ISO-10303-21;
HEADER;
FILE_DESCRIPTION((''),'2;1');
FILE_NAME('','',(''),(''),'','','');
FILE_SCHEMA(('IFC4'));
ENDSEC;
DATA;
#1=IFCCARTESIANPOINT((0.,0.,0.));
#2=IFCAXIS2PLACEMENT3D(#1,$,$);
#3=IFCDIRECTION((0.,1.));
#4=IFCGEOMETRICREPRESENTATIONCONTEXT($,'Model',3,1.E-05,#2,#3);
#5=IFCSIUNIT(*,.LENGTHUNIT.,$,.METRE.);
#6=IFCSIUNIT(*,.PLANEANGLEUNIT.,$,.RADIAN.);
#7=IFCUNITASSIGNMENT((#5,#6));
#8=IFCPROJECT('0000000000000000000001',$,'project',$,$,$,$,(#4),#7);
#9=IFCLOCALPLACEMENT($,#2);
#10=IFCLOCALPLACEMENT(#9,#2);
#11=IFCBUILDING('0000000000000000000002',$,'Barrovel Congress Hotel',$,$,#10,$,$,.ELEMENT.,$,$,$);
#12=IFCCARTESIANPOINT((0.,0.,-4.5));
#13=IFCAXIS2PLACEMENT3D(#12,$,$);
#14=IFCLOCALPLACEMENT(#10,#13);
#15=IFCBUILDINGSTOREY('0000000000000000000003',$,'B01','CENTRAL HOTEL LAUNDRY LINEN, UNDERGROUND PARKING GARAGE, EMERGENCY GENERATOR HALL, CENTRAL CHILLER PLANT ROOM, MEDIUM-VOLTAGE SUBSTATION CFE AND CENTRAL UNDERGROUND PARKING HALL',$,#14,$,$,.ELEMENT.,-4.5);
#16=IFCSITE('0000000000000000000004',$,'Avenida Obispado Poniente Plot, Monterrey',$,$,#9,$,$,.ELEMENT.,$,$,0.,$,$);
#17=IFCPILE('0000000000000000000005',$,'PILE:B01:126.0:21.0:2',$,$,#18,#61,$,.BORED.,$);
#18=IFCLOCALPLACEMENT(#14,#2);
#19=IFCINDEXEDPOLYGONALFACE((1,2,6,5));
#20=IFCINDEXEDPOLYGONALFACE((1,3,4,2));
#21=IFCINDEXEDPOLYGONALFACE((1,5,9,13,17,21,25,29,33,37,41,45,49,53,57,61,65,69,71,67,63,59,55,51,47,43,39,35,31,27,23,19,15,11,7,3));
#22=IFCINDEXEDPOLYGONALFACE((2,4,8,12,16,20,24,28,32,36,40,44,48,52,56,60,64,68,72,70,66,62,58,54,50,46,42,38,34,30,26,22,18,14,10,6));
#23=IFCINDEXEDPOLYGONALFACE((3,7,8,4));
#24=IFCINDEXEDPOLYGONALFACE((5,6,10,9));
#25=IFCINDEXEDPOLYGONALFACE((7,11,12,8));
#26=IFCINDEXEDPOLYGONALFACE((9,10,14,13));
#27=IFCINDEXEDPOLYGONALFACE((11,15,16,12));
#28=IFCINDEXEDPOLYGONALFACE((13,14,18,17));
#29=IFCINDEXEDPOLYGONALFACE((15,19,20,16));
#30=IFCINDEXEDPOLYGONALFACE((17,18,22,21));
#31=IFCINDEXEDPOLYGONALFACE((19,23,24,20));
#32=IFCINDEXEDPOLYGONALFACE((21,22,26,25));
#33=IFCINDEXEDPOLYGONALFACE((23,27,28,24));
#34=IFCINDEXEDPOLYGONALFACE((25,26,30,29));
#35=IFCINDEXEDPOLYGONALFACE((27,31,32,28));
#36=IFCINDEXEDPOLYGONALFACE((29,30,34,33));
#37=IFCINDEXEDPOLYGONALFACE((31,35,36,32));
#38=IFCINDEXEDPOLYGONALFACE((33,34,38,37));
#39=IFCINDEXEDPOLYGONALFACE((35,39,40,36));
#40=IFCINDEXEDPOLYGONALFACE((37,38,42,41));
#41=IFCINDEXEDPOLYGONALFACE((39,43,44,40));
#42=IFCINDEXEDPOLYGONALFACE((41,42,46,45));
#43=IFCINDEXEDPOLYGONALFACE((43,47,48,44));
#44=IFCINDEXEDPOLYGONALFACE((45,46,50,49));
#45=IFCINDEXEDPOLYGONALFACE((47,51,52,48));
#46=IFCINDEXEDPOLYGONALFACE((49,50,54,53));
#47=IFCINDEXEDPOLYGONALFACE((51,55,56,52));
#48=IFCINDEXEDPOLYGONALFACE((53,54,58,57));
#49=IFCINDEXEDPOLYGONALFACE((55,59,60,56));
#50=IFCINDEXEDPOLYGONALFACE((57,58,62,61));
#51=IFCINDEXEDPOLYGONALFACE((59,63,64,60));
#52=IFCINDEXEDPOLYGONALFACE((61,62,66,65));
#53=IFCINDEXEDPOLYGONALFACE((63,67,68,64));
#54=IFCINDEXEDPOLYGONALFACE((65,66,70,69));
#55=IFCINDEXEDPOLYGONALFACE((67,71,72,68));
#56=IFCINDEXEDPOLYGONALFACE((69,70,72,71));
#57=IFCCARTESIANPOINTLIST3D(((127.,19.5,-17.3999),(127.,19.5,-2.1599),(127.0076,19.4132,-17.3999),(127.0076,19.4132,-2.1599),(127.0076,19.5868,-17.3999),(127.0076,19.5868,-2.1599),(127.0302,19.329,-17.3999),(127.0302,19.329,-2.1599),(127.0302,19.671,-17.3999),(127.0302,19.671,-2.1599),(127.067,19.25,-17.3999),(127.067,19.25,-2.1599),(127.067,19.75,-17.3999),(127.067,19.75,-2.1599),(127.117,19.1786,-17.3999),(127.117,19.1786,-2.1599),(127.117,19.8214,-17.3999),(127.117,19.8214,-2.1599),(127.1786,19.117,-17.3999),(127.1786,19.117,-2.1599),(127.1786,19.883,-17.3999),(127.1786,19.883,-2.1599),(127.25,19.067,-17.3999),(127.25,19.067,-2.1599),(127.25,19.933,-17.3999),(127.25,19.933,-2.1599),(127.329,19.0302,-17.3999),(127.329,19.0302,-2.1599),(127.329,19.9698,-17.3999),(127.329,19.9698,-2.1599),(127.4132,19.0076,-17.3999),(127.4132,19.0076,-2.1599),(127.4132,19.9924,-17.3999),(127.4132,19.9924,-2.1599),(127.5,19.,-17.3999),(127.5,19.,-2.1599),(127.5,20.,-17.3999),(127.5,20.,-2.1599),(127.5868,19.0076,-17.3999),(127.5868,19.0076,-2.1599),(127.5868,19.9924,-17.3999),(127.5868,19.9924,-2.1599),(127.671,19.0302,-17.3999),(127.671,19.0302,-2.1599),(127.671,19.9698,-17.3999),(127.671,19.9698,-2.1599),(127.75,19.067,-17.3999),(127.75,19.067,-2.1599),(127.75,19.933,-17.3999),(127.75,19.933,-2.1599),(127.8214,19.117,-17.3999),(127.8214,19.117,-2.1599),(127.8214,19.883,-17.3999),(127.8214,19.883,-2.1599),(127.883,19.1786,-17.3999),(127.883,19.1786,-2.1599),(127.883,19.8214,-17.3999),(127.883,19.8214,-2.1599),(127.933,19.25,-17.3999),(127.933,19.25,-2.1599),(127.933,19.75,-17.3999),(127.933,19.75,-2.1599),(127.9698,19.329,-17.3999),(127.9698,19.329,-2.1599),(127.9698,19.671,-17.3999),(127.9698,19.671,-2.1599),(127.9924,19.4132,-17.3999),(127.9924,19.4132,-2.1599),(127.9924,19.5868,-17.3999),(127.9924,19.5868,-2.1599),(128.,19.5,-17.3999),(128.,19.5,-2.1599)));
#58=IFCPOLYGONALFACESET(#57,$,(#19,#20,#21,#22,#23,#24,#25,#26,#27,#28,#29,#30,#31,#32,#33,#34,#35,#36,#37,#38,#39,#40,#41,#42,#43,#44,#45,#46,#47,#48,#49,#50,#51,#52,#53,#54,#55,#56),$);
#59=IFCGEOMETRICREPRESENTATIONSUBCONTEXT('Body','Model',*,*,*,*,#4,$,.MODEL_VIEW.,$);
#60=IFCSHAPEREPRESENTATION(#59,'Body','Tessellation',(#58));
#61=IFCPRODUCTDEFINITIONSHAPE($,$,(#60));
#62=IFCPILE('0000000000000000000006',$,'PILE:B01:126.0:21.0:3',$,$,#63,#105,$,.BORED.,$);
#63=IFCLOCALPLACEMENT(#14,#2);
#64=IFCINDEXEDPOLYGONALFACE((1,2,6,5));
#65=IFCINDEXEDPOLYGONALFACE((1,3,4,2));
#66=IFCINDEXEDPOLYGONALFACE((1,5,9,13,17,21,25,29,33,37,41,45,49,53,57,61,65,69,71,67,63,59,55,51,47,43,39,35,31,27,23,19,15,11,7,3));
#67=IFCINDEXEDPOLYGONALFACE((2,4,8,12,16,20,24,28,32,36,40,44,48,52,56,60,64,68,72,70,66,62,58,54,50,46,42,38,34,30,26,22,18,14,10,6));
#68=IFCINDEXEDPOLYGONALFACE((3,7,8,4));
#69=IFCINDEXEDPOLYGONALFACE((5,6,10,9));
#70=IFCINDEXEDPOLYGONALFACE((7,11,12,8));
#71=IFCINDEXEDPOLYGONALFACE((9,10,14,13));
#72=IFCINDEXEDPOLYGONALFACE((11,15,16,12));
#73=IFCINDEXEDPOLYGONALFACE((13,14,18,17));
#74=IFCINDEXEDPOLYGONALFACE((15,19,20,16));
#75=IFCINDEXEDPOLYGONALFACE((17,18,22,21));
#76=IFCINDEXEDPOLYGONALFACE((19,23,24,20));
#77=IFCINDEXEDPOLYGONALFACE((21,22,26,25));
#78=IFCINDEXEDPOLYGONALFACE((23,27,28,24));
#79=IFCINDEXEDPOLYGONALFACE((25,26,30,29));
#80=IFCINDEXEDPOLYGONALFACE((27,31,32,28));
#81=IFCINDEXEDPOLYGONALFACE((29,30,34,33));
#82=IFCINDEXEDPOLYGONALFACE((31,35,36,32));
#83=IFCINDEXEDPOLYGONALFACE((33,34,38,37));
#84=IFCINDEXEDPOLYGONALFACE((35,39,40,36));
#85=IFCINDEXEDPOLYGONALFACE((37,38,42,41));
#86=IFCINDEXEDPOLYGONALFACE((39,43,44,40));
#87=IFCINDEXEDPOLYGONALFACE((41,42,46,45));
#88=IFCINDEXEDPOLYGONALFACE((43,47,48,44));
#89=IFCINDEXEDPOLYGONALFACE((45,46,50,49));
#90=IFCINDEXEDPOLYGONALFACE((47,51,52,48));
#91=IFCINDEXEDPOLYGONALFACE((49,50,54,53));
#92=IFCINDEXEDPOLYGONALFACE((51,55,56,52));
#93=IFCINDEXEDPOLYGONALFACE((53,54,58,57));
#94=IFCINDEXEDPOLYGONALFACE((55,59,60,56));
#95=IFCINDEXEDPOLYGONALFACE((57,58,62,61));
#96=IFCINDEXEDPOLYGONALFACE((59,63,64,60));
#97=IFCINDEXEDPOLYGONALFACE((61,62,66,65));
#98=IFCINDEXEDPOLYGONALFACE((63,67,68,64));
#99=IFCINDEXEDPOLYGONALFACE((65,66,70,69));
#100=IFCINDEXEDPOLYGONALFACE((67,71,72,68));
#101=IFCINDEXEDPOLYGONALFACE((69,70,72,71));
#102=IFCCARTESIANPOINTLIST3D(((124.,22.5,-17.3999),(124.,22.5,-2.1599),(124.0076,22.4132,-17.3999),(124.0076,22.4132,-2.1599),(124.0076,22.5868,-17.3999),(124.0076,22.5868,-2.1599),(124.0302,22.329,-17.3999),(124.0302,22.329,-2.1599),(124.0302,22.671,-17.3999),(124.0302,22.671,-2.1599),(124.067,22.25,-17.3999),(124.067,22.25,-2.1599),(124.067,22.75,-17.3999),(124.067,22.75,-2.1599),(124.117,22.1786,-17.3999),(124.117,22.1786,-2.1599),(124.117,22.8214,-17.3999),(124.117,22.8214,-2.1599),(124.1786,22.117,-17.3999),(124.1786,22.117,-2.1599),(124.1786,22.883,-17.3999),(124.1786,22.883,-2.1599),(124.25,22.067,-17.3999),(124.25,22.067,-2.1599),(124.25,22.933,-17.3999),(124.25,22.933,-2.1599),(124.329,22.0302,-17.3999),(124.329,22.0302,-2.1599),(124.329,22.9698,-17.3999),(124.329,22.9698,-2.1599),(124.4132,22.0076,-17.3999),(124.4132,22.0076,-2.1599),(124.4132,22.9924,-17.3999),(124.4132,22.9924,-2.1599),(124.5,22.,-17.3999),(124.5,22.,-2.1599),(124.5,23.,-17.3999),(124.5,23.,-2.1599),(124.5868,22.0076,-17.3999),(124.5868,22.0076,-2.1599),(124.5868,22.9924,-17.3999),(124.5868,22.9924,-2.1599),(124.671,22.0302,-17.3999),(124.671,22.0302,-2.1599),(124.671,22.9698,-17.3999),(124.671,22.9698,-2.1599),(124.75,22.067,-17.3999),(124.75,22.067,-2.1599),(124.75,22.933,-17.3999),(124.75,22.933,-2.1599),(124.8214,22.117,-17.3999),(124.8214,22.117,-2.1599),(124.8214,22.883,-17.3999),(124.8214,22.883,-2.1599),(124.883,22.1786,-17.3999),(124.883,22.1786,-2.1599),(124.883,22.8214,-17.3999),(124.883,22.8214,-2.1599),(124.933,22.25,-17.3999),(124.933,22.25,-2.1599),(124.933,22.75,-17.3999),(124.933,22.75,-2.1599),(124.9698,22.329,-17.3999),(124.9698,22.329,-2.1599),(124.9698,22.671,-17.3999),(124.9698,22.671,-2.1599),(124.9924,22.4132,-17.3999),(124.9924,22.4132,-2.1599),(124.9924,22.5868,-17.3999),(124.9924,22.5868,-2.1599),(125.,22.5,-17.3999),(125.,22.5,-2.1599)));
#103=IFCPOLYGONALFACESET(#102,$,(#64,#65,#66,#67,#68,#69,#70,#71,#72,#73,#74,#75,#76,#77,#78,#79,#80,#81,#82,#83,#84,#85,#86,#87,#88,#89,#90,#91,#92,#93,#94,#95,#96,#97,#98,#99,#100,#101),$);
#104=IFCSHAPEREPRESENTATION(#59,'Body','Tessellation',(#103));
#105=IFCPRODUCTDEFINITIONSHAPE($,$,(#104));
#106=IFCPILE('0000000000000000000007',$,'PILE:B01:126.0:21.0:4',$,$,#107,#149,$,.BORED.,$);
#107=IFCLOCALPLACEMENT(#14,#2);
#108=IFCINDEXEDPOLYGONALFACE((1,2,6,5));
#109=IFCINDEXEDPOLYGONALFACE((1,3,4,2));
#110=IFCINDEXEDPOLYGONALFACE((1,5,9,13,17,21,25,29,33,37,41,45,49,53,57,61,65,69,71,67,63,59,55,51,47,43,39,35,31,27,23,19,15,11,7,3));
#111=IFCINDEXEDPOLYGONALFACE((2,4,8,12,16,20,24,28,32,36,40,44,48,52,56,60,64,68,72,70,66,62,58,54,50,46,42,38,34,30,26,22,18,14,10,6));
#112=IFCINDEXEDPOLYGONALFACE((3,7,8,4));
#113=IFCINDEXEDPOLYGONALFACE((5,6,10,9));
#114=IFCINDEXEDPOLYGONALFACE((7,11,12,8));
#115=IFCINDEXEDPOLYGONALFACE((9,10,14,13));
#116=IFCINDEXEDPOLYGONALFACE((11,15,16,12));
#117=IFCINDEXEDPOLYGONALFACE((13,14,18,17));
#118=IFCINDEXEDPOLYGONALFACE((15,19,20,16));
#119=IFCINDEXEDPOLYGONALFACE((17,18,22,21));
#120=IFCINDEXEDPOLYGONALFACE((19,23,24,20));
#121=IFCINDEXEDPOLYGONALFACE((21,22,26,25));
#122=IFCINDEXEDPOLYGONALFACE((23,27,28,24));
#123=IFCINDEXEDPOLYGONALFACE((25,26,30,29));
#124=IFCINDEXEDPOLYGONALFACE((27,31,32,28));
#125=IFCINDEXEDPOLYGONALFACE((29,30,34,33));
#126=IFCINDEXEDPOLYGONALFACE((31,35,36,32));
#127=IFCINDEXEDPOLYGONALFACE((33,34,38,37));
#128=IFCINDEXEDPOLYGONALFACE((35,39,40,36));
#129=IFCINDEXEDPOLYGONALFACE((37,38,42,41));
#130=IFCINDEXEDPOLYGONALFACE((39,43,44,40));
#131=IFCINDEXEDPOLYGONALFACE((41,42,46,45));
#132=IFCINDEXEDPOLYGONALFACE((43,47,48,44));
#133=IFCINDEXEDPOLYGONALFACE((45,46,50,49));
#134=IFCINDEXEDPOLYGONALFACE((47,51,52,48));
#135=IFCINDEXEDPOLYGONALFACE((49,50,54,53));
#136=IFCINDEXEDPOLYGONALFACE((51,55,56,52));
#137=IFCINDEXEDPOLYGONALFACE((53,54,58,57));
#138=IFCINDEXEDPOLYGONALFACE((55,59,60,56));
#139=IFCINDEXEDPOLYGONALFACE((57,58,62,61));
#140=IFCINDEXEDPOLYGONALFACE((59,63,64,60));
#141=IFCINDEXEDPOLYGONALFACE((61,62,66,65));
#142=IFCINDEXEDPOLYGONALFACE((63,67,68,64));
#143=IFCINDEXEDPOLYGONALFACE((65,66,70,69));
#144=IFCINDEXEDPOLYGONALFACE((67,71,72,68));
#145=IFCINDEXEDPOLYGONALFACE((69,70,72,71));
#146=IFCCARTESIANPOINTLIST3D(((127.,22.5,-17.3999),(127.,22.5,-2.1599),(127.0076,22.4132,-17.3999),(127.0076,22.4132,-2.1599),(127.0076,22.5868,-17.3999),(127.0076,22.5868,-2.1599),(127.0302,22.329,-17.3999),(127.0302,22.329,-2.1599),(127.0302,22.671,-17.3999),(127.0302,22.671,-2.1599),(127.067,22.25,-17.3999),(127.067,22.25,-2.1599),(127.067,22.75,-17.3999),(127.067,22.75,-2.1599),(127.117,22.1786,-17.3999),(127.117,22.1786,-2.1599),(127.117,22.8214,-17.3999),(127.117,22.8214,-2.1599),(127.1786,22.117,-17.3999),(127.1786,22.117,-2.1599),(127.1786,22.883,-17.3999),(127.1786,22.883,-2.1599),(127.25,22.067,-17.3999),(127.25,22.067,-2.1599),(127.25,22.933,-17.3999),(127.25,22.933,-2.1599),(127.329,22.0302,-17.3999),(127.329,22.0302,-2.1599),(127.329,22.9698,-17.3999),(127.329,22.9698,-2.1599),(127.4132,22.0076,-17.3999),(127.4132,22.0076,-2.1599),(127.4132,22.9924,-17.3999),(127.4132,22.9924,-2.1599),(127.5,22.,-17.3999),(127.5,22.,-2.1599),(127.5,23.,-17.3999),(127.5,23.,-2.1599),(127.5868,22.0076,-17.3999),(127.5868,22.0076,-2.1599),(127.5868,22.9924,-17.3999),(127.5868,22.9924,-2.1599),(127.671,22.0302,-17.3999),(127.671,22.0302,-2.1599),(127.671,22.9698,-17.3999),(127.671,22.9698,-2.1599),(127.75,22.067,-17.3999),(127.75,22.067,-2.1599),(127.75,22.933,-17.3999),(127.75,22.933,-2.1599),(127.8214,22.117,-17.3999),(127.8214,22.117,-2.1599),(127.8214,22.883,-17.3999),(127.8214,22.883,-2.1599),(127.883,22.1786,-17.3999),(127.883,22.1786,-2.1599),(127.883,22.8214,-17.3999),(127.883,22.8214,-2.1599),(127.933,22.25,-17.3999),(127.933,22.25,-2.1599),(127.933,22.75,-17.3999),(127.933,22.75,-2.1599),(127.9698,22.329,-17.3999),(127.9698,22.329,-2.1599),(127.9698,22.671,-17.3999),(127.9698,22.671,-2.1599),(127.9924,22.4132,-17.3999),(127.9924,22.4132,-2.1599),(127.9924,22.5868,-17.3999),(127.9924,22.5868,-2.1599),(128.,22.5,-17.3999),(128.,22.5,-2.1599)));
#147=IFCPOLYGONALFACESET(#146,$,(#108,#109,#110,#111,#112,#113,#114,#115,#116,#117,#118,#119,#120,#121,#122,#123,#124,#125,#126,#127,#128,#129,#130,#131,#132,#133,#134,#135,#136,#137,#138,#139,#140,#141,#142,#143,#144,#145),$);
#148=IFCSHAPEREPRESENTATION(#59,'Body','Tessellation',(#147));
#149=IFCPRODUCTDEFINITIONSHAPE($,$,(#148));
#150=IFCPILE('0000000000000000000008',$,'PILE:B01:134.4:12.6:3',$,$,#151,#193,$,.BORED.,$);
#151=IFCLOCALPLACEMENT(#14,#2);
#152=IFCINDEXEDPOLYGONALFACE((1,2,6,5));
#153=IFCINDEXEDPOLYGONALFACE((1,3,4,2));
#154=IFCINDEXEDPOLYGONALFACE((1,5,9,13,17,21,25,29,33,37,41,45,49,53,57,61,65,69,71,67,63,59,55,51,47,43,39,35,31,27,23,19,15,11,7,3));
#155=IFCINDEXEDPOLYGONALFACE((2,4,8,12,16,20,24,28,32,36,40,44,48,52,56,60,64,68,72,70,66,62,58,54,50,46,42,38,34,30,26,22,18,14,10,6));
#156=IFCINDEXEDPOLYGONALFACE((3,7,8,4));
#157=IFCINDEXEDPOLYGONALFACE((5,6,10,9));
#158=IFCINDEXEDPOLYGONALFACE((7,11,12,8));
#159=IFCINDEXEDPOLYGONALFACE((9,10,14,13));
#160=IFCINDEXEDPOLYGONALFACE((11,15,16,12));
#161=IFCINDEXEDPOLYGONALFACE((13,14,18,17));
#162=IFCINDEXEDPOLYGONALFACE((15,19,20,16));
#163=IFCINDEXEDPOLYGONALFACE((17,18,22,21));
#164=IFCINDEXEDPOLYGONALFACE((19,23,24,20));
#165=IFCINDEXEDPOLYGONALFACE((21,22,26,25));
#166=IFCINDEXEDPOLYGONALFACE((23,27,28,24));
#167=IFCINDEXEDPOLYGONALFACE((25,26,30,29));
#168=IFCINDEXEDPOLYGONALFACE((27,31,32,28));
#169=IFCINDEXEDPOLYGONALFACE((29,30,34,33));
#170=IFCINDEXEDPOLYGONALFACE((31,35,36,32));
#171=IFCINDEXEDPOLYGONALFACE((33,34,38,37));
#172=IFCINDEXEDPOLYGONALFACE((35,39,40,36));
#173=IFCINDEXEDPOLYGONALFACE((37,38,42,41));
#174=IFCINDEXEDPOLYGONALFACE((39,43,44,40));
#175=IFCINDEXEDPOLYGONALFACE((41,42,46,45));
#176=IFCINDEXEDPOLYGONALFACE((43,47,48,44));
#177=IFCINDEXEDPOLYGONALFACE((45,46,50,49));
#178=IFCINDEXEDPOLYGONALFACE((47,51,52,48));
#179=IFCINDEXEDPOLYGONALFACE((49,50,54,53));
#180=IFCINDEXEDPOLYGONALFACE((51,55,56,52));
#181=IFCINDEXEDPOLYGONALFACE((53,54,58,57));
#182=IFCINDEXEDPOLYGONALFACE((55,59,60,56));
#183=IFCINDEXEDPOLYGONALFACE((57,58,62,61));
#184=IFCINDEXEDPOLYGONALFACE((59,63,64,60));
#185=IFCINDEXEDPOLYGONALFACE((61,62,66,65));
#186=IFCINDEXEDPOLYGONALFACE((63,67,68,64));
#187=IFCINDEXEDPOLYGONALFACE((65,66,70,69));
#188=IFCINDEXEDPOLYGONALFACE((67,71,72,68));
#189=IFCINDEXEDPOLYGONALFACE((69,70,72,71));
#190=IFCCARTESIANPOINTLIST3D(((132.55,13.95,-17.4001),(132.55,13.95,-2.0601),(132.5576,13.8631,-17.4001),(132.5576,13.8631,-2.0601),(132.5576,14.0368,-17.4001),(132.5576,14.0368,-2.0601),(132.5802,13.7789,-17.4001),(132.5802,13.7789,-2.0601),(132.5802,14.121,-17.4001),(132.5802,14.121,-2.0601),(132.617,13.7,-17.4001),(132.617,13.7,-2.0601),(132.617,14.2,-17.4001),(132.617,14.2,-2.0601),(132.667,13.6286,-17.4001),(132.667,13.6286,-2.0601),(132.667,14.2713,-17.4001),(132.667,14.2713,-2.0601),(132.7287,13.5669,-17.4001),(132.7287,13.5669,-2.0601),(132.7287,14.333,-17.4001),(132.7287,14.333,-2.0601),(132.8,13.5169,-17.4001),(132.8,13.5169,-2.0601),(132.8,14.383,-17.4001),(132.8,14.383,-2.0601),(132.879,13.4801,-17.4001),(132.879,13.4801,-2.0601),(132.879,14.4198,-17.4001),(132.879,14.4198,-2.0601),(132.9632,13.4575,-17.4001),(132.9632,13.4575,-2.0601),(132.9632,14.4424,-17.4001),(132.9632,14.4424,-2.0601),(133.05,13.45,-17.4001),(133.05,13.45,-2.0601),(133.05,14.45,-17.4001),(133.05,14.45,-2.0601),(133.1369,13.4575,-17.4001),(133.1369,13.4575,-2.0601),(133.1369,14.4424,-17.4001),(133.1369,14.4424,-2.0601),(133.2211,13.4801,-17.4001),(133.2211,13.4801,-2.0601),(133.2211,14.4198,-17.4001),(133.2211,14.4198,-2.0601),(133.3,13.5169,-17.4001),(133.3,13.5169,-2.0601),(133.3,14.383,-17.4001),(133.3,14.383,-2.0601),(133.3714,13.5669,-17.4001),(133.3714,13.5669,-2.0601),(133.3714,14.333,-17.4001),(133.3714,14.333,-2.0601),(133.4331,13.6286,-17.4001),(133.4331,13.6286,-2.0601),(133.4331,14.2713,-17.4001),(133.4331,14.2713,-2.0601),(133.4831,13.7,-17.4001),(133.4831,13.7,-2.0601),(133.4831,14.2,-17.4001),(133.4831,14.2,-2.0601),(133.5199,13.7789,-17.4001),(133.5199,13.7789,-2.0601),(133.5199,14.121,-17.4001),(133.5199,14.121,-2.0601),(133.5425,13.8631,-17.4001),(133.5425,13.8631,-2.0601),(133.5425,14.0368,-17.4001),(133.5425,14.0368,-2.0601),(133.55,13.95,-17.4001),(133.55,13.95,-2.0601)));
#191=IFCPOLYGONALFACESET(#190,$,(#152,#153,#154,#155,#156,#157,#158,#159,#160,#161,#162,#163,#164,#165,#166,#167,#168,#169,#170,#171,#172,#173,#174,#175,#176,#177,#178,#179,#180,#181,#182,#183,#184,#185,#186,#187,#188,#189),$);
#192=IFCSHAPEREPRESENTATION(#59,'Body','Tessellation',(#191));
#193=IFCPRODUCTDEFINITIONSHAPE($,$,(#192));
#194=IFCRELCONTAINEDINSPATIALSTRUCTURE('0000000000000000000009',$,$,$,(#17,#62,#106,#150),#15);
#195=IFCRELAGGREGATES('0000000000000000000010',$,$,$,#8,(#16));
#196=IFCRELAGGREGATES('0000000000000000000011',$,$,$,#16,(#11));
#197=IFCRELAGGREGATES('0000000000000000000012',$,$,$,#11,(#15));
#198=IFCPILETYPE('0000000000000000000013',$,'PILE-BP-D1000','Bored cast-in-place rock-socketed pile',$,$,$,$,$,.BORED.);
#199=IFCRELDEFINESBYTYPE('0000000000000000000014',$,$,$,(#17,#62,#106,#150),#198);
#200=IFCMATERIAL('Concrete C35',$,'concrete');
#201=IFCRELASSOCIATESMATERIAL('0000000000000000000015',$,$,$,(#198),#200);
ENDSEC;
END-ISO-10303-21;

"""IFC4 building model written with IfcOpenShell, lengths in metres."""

from ifc_helpers import new_model, si_unit, direction, frame, origin, origin_2d, place, context, subcontext, project, spatial, circle, extrude, material, material_profile, profile_set, type_object, element, save


model = new_model("IFC4")

# Units and contexts
model_context = context("Model", 3, precision=1e-05, world=origin(), true_north=direction((0.0, 1.0)))
body_context = subcontext(model_context, "Body", "Model", "MODEL_VIEW")
ifc_project = project(units=[si_unit("LENGTHUNIT", "METRE"), si_unit("PLANEANGLEUNIT", "RADIAN")], contexts=[model_context])

# Site, building, storey
site_placement = place(None, origin())
site = spatial("IfcSite", under=ifc_project, at=site_placement, Name="Avenida Obispado Poniente Plot, Monterrey", CompositionType="ELEMENT", RefElevation=0.0)
building_placement = place(site_placement, origin())
building = spatial("IfcBuilding", under=site, at=building_placement, Name="Barrovel Congress Hotel", CompositionType="ELEMENT")
storey_placement = place(building_placement, frame((0.0, 0.0, -4.5)))
storey = spatial("IfcBuildingStorey", under=building, at=storey_placement, Name="B01", Description="CENTRAL HOTEL LAUNDRY LINEN, UNDERGROUND PARKING GARAGE, EMERGENCY GENERATOR HALL, CENTRAL CHILLER PLANT ROOM, MEDIUM-VOLTAGE SUBSTATION CFE AND CENTRAL UNDERGROUND PARKING HALL", CompositionType="ELEMENT", Elevation=-4.5)

# Piles
ifc_material_1 = material(Name="Concrete C35", Category="concrete")
ifc_material_profile_1 = material_profile(ifc_material_1, circle(Radius=0.5, at=origin_2d()), Name="BP-D1000")
ifc_profile_set_1 = profile_set([ifc_material_profile_1], Name="Concrete C35")
pile_type_1 = type_object("IfcPileType", Name="PILE-BP-D1000", Description="Bored cast-in-place rock-socketed pile", PredefinedType="BORED", material=ifc_profile_set_1)
for number, where, z_axis, x_axis, name in (
    (1, (127.5, 19.5, -2.1599), (0.0, 0.0, -1.0), (1.0, 0.0, 0.0), "PILE:B01:126.0:21.0:2"),
    (2, (124.5, 22.5, -2.1599), (0.0, 0.0, -1.0), (1.0, 0.0, 0.0), "PILE:B01:126.0:21.0:3"),
    (3, (127.5, 22.5, -2.1599), (0.0, 0.0, -1.0), (1.0, 0.0, 0.0), "PILE:B01:126.0:21.0:4"),
):
    element("IfcPile", number, at=place(storey_placement, frame(where, z_axis=z_axis, x_axis=x_axis)), inside=storey, type_object=pile_type_1, Name=name, PredefinedType="BORED", context=body_context, shape_type="SweptSolid", body=[
        extrude(circle(Radius=0.5, at=origin_2d()), origin(), (0.0, 0.0, 1.0), 15.24),
    ])
pile_placement = place(storey_placement, frame((133.05, 13.95, -2.0601), z_axis=(0.0, 0.0, -1.0), x_axis=(1.0, 0.0, 0.0)))
element("IfcPile", 4, at=pile_placement, inside=storey, type_object=pile_type_1, Name="PILE:B01:134.4:12.6:3", PredefinedType="BORED", context=body_context, shape_type="SweptSolid", body=[
    extrude(circle(Radius=0.5, at=origin_2d()), origin(), (0.0, 0.0, 1.0), 15.3401),
])

save(model, "model.ifc")
